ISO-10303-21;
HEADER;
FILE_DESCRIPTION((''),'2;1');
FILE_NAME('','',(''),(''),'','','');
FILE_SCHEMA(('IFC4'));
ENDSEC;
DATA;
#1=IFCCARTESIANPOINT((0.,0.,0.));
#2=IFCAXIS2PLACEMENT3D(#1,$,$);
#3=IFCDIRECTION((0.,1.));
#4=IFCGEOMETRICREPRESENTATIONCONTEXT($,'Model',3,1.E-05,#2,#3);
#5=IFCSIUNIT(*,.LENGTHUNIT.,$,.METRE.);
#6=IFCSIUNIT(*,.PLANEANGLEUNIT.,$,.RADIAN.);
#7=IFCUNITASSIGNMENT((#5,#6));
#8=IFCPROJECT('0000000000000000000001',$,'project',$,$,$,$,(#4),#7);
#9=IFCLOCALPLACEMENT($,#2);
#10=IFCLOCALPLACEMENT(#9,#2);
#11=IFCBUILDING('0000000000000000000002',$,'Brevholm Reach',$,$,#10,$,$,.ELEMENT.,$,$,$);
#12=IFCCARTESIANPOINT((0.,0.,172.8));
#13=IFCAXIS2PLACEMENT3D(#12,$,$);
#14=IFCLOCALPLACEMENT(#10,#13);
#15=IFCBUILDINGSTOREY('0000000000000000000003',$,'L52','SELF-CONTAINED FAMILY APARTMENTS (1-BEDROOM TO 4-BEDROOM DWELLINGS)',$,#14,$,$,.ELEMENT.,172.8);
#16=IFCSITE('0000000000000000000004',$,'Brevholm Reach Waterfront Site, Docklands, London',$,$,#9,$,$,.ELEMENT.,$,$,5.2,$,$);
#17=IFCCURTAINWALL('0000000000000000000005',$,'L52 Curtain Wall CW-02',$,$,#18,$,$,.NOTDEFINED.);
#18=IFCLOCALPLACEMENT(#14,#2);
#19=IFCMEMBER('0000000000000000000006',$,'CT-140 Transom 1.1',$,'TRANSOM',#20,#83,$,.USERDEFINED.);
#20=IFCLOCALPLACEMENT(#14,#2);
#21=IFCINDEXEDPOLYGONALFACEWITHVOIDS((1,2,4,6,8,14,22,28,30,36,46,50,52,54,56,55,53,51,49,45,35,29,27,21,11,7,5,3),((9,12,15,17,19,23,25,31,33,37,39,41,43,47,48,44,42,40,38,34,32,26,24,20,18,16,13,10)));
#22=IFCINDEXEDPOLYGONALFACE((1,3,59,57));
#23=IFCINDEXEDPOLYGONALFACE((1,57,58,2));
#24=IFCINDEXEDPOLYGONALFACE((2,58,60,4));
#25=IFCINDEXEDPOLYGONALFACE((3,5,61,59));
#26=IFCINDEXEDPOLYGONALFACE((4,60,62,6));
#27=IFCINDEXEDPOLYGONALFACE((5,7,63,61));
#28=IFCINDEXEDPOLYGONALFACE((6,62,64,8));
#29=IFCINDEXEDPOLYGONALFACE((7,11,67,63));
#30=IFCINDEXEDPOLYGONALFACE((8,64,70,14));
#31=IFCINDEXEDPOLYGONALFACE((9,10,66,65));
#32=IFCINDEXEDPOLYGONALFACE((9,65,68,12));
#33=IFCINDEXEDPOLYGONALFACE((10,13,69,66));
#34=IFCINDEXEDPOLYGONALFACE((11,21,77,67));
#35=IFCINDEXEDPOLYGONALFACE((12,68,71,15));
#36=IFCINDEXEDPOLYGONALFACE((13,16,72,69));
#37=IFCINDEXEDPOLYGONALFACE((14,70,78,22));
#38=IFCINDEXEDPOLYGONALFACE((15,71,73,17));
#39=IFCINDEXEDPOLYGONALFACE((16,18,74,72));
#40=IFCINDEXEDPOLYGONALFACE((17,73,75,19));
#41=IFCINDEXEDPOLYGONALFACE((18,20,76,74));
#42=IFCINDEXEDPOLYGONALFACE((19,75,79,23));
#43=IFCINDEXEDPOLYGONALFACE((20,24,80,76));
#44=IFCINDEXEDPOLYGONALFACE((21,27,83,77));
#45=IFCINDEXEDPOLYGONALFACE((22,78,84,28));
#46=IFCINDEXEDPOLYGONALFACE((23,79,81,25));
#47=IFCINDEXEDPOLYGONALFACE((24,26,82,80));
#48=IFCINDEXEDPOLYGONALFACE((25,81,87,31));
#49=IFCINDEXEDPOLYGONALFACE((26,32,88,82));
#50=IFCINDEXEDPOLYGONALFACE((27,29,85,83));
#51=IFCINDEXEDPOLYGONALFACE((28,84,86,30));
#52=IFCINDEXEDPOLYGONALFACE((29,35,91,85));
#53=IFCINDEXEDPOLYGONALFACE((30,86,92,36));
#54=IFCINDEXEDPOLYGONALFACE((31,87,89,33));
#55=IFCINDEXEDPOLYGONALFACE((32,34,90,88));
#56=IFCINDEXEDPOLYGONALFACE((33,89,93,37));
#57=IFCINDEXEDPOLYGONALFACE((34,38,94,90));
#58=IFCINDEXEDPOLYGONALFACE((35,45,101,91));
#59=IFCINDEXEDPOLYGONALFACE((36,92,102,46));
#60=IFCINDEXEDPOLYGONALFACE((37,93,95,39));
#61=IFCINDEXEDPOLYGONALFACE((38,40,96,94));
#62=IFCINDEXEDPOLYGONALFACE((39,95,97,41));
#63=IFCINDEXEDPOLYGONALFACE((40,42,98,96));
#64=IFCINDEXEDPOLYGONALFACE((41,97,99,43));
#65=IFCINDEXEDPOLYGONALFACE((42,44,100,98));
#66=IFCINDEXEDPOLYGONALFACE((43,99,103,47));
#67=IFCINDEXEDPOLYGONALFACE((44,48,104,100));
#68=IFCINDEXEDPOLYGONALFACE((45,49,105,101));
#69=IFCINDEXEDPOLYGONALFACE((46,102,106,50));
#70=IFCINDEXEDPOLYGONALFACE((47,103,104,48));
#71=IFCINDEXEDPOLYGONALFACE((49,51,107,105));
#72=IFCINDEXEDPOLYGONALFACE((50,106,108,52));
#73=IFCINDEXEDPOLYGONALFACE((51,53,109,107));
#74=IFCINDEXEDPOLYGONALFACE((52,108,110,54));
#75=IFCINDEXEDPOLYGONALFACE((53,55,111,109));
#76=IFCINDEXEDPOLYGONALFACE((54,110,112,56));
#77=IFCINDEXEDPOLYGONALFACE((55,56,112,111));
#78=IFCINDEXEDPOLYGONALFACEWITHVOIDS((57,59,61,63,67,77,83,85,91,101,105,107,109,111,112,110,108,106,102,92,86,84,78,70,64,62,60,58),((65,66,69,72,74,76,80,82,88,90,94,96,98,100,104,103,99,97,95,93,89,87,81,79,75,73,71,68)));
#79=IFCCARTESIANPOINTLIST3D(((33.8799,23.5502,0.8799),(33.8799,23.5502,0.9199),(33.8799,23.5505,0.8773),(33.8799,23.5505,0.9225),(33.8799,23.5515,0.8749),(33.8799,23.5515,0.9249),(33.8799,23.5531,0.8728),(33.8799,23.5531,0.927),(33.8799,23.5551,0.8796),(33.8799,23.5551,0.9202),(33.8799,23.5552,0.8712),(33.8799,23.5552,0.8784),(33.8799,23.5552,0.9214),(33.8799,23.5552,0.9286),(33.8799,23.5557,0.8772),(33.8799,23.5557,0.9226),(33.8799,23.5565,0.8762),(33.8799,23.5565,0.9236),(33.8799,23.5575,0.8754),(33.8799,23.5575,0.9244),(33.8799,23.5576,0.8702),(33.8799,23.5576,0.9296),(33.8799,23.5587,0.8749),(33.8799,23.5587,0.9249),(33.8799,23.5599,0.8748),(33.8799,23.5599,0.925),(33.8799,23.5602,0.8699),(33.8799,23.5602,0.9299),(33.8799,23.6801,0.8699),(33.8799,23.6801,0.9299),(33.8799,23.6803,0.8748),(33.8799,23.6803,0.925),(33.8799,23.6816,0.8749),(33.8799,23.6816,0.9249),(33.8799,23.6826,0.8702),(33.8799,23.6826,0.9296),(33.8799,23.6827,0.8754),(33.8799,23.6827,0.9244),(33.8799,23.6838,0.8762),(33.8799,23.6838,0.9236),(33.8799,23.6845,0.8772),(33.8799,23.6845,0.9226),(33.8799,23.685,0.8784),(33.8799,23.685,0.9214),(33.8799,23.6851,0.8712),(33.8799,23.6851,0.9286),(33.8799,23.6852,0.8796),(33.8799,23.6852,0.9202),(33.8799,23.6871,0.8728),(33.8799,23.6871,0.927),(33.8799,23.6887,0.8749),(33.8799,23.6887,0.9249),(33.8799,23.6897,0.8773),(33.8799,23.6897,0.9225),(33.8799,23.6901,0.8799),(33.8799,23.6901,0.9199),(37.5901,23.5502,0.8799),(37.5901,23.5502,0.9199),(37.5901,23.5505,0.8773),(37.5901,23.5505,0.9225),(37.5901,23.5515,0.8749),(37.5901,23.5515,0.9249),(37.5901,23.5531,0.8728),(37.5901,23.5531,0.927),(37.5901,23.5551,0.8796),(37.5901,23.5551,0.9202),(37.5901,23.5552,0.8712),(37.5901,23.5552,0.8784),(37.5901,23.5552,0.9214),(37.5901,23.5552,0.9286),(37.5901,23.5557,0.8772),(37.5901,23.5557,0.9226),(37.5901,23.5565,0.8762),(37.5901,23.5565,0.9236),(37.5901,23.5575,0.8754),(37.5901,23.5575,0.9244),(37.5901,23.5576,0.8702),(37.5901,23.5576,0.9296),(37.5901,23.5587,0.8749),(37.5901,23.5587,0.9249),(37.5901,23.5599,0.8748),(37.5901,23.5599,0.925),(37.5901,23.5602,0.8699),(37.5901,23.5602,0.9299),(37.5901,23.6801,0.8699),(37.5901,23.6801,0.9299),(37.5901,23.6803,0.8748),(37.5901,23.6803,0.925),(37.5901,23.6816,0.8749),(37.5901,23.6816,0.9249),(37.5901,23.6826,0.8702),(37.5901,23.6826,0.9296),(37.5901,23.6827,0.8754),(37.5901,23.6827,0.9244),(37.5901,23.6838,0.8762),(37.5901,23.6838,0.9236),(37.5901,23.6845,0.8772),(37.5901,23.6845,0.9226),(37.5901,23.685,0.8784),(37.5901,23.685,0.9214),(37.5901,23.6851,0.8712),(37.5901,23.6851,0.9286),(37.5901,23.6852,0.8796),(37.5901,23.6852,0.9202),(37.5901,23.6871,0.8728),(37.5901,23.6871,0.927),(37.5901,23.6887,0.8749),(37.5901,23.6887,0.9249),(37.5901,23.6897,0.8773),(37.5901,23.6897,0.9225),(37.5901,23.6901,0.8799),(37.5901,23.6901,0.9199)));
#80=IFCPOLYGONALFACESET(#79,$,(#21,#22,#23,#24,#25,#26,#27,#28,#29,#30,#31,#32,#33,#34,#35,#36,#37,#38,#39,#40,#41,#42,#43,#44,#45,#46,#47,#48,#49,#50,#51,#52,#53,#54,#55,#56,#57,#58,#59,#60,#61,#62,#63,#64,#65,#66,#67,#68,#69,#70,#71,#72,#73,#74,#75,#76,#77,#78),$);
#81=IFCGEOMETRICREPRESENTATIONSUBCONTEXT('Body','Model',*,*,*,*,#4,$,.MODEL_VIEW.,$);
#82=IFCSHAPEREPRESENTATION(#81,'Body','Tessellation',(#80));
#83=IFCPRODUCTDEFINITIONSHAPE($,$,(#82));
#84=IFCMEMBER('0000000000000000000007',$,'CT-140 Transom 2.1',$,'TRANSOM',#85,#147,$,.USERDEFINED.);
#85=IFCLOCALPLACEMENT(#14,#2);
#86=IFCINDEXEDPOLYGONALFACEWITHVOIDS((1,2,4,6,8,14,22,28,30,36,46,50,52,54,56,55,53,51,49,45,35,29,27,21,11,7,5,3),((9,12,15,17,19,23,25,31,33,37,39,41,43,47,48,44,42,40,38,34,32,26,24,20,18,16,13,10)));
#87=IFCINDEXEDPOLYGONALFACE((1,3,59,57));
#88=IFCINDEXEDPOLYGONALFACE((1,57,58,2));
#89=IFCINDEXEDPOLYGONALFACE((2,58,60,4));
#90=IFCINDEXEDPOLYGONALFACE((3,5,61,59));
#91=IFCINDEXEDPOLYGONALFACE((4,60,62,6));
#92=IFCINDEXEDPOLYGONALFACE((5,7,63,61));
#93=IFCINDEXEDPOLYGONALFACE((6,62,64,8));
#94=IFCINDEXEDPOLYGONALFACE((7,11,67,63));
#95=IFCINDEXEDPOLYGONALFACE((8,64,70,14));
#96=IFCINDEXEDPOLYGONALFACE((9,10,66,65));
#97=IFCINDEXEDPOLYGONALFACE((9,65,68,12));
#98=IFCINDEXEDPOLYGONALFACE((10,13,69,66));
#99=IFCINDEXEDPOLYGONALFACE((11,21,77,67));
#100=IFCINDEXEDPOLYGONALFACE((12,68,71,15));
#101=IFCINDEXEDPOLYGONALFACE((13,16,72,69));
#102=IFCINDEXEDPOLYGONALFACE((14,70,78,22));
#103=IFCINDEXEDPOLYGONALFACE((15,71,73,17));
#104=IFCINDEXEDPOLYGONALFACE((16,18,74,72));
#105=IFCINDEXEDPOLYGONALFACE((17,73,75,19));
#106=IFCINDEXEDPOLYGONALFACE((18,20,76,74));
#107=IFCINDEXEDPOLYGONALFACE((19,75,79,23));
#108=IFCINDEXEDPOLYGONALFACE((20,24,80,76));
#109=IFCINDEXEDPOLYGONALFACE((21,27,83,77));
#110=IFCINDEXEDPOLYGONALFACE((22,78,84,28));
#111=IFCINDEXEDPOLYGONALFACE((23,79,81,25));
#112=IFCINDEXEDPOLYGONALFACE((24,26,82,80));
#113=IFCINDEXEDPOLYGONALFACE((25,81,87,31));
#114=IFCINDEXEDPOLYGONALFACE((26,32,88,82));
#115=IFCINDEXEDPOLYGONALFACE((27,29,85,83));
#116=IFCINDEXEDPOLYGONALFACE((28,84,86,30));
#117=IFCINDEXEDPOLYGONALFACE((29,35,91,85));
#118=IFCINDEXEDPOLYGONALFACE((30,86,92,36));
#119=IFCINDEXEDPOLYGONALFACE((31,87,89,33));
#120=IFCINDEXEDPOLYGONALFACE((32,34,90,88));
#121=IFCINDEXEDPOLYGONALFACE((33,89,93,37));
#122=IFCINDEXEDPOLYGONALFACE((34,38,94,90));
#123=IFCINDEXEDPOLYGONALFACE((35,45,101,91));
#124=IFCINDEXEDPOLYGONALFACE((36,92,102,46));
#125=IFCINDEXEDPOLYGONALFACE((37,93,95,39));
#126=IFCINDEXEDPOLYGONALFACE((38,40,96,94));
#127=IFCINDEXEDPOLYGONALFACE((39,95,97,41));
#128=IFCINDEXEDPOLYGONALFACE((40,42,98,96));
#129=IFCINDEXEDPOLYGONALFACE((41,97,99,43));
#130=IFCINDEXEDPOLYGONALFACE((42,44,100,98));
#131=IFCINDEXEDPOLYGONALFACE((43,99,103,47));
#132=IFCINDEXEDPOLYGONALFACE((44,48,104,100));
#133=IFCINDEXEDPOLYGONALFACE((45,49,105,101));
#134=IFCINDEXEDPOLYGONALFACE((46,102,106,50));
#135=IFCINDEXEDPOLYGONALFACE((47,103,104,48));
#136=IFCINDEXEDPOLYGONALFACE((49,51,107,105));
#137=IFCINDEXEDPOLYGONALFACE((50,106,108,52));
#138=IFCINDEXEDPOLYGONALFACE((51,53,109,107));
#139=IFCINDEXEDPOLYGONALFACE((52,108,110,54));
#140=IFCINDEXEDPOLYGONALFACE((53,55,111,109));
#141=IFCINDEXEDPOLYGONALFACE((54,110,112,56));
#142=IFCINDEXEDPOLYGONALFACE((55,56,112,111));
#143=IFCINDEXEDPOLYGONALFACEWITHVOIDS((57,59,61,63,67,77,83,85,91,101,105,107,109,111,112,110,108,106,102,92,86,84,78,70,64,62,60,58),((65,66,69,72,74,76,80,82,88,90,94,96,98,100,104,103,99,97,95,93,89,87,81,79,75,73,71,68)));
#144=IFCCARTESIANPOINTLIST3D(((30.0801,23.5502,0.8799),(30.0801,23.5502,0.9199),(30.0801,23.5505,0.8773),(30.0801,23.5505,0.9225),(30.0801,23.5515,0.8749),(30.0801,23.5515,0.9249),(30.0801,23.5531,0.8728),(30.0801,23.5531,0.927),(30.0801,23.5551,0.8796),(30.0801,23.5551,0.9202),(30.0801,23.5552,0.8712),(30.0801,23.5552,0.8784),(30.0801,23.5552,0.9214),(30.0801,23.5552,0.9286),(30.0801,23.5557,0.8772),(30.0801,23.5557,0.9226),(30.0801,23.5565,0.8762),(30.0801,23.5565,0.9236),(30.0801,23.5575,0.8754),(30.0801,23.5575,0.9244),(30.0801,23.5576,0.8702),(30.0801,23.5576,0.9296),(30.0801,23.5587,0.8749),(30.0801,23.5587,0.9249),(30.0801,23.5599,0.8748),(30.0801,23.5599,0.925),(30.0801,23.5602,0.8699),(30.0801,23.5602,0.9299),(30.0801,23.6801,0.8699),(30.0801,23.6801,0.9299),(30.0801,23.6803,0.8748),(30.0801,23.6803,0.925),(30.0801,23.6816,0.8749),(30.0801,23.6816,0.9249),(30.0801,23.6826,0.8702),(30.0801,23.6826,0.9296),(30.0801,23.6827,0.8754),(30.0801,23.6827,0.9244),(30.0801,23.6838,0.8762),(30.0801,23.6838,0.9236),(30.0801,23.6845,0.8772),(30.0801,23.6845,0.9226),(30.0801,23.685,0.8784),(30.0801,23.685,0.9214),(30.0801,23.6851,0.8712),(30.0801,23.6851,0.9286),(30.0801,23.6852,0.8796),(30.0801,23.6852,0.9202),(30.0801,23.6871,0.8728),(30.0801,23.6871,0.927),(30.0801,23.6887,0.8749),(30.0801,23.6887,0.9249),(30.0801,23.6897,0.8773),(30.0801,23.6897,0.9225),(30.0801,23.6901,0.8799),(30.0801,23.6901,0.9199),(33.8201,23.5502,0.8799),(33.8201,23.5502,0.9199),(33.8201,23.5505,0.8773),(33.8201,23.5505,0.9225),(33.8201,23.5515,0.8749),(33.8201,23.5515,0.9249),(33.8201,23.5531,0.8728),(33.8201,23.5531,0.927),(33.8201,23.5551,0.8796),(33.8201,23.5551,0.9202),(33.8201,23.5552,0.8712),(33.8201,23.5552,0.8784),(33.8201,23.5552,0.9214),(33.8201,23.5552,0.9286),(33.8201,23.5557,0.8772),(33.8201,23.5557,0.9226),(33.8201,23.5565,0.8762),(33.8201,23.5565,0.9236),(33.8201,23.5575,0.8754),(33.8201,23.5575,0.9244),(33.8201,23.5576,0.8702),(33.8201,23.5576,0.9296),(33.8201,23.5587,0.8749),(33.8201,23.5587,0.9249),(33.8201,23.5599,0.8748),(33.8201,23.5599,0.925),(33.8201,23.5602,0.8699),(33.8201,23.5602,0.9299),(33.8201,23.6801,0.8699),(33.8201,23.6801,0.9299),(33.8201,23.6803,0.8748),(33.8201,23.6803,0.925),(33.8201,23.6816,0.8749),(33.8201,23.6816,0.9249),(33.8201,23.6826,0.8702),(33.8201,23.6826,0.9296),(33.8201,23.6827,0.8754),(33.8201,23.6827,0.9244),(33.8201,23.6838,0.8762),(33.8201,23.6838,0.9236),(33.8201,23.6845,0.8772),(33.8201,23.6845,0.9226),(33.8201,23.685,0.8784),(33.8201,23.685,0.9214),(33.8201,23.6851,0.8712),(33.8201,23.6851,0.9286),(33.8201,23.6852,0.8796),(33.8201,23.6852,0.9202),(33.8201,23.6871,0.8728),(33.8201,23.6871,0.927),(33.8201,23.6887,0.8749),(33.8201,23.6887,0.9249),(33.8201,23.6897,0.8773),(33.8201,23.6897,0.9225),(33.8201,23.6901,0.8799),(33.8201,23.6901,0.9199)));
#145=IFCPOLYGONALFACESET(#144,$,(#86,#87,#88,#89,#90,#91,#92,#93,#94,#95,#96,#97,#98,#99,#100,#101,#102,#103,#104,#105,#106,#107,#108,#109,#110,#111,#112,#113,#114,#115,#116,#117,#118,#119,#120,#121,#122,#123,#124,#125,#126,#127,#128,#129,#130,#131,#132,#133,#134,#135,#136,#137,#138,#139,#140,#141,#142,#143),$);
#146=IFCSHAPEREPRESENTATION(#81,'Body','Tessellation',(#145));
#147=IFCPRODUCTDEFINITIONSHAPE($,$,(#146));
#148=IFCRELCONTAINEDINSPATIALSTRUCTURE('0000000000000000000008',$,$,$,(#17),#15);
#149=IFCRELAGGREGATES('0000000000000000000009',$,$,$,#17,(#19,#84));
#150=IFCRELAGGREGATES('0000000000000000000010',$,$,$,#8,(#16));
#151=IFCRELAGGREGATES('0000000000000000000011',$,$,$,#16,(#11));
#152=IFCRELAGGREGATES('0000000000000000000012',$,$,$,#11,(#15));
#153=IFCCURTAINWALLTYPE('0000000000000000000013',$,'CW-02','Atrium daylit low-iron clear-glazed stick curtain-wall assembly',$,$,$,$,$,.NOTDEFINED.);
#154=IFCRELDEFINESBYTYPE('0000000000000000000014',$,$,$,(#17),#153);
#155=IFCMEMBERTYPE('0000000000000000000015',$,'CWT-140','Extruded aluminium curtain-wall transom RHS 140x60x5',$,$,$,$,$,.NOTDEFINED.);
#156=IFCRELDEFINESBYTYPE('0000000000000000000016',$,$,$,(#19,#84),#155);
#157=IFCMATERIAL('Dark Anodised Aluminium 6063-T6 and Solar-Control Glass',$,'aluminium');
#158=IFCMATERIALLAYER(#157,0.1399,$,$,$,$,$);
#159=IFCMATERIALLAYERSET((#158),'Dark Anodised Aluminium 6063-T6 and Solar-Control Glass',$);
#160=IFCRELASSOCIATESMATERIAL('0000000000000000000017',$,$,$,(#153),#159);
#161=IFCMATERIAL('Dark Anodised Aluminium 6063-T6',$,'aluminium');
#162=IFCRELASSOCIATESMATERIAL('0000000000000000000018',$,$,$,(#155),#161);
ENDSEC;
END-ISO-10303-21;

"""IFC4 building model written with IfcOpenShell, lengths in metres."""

from ifc_helpers import new_model, si_unit, direction, frame, origin, origin_2d, place, context, subcontext, project, spatial, hollow_rectangle, extrude, material, layer, layer_set, material_profile, profile_set, type_object, element, aggregate, save


model = new_model("IFC4")

# Units and contexts
model_context = context("Model", 3, precision=1e-05, world=origin(), true_north=direction((0.0, 1.0)))
body_context = subcontext(model_context, "Body", "Model", "MODEL_VIEW")
ifc_project = project(units=[si_unit("LENGTHUNIT", "METRE"), si_unit("PLANEANGLEUNIT", "RADIAN")], contexts=[model_context])

# Site, building, storey
site_placement = place(None, origin())
site = spatial("IfcSite", under=ifc_project, at=site_placement, Name="Brevholm Reach Waterfront Site, Docklands, London", CompositionType="ELEMENT", RefElevation=5.2)
building_placement = place(site_placement, origin())
building = spatial("IfcBuilding", under=site, at=building_placement, Name="Brevholm Reach", CompositionType="ELEMENT")
storey_placement = place(building_placement, frame((0.0, 0.0, 172.8)))
storey = spatial("IfcBuildingStorey", under=building, at=storey_placement, Name="L52", Description="SELF-CONTAINED FAMILY APARTMENTS (1-BEDROOM TO 4-BEDROOM DWELLINGS)", CompositionType="ELEMENT", Elevation=172.8)

# Curtain wall
ifc_material_1 = material(Name="Dark Anodised Aluminium 6063-T6 and Solar-Control Glass", Category="aluminium")
ifc_layer_1 = layer(ifc_material_1, 0.1399)
ifc_layer_set_1 = layer_set([ifc_layer_1], Name="Dark Anodised Aluminium 6063-T6 and Solar-Control Glass")
curtain_wall_type_1 = type_object("IfcCurtainWallType", Name="CW-02", Description="Atrium daylit low-iron clear-glazed stick curtain-wall assembly", PredefinedType="NOTDEFINED", material=ifc_layer_set_1)
curtain_wall_1_placement = place(storey_placement, origin())
curtain_wall_1 = element("IfcCurtainWall", 1, at=curtain_wall_1_placement, inside=storey, type_object=curtain_wall_type_1, Name="L52 Curtain Wall CW-02", PredefinedType="NOTDEFINED")

# Members
ifc_material_2 = material(Name="Dark Anodised Aluminium 6063-T6", Category="aluminium")
ifc_material_profile_1 = material_profile(ifc_material_2, hollow_rectangle(XDim=0.0601, YDim=0.1399, WallThickness=0.0049, InnerFilletRadius=0.0049, OuterFilletRadius=0.01, at=origin_2d()), Name="RHS 140x60x5")
ifc_profile_set_1 = profile_set([ifc_material_profile_1], Name="Dark Anodised Aluminium 6063-T6")
member_type_1 = type_object("IfcMemberType", Name="CWT-140", Description="Extruded aluminium curtain-wall transom RHS 140x60x5", PredefinedType="NOTDEFINED", material=ifc_profile_set_1)
member_1_placement = place(storey_placement, frame((37.5901, 23.6201, 0.8999), z_axis=(-1.0, 0.0, 0.0), x_axis=(0.0, 0.0, 1.0)))
member_1 = element("IfcMember", 2, at=member_1_placement, type_object=member_type_1, Name="CT-140 Transom 1.1", ObjectType="TRANSOM", PredefinedType="USERDEFINED", context=body_context, shape_type="SweptSolid", body=[
    extrude(hollow_rectangle(XDim=0.0601, YDim=0.1399, WallThickness=0.0049, InnerFilletRadius=0.0049, OuterFilletRadius=0.01, at=origin_2d()), origin(), (0.0, 0.0, 1.0), 3.7102),
])
member_2_placement = place(storey_placement, frame((33.8201, 23.6201, 0.8999), z_axis=(-1.0, 0.0, 0.0), x_axis=(0.0, 0.0, 1.0)))
member_2 = element("IfcMember", 3, at=member_2_placement, type_object=member_type_1, Name="CT-140 Transom 2.1", ObjectType="TRANSOM", PredefinedType="USERDEFINED", context=body_context, shape_type="SweptSolid", body=[
    extrude(hollow_rectangle(XDim=0.0601, YDim=0.1399, WallThickness=0.0049, InnerFilletRadius=0.0049, OuterFilletRadius=0.01, at=origin_2d()), origin(), (0.0, 0.0, 1.0), 3.74),
])

aggregate(curtain_wall_1, [member_1, member_2])

save(model, "model.ifc")
